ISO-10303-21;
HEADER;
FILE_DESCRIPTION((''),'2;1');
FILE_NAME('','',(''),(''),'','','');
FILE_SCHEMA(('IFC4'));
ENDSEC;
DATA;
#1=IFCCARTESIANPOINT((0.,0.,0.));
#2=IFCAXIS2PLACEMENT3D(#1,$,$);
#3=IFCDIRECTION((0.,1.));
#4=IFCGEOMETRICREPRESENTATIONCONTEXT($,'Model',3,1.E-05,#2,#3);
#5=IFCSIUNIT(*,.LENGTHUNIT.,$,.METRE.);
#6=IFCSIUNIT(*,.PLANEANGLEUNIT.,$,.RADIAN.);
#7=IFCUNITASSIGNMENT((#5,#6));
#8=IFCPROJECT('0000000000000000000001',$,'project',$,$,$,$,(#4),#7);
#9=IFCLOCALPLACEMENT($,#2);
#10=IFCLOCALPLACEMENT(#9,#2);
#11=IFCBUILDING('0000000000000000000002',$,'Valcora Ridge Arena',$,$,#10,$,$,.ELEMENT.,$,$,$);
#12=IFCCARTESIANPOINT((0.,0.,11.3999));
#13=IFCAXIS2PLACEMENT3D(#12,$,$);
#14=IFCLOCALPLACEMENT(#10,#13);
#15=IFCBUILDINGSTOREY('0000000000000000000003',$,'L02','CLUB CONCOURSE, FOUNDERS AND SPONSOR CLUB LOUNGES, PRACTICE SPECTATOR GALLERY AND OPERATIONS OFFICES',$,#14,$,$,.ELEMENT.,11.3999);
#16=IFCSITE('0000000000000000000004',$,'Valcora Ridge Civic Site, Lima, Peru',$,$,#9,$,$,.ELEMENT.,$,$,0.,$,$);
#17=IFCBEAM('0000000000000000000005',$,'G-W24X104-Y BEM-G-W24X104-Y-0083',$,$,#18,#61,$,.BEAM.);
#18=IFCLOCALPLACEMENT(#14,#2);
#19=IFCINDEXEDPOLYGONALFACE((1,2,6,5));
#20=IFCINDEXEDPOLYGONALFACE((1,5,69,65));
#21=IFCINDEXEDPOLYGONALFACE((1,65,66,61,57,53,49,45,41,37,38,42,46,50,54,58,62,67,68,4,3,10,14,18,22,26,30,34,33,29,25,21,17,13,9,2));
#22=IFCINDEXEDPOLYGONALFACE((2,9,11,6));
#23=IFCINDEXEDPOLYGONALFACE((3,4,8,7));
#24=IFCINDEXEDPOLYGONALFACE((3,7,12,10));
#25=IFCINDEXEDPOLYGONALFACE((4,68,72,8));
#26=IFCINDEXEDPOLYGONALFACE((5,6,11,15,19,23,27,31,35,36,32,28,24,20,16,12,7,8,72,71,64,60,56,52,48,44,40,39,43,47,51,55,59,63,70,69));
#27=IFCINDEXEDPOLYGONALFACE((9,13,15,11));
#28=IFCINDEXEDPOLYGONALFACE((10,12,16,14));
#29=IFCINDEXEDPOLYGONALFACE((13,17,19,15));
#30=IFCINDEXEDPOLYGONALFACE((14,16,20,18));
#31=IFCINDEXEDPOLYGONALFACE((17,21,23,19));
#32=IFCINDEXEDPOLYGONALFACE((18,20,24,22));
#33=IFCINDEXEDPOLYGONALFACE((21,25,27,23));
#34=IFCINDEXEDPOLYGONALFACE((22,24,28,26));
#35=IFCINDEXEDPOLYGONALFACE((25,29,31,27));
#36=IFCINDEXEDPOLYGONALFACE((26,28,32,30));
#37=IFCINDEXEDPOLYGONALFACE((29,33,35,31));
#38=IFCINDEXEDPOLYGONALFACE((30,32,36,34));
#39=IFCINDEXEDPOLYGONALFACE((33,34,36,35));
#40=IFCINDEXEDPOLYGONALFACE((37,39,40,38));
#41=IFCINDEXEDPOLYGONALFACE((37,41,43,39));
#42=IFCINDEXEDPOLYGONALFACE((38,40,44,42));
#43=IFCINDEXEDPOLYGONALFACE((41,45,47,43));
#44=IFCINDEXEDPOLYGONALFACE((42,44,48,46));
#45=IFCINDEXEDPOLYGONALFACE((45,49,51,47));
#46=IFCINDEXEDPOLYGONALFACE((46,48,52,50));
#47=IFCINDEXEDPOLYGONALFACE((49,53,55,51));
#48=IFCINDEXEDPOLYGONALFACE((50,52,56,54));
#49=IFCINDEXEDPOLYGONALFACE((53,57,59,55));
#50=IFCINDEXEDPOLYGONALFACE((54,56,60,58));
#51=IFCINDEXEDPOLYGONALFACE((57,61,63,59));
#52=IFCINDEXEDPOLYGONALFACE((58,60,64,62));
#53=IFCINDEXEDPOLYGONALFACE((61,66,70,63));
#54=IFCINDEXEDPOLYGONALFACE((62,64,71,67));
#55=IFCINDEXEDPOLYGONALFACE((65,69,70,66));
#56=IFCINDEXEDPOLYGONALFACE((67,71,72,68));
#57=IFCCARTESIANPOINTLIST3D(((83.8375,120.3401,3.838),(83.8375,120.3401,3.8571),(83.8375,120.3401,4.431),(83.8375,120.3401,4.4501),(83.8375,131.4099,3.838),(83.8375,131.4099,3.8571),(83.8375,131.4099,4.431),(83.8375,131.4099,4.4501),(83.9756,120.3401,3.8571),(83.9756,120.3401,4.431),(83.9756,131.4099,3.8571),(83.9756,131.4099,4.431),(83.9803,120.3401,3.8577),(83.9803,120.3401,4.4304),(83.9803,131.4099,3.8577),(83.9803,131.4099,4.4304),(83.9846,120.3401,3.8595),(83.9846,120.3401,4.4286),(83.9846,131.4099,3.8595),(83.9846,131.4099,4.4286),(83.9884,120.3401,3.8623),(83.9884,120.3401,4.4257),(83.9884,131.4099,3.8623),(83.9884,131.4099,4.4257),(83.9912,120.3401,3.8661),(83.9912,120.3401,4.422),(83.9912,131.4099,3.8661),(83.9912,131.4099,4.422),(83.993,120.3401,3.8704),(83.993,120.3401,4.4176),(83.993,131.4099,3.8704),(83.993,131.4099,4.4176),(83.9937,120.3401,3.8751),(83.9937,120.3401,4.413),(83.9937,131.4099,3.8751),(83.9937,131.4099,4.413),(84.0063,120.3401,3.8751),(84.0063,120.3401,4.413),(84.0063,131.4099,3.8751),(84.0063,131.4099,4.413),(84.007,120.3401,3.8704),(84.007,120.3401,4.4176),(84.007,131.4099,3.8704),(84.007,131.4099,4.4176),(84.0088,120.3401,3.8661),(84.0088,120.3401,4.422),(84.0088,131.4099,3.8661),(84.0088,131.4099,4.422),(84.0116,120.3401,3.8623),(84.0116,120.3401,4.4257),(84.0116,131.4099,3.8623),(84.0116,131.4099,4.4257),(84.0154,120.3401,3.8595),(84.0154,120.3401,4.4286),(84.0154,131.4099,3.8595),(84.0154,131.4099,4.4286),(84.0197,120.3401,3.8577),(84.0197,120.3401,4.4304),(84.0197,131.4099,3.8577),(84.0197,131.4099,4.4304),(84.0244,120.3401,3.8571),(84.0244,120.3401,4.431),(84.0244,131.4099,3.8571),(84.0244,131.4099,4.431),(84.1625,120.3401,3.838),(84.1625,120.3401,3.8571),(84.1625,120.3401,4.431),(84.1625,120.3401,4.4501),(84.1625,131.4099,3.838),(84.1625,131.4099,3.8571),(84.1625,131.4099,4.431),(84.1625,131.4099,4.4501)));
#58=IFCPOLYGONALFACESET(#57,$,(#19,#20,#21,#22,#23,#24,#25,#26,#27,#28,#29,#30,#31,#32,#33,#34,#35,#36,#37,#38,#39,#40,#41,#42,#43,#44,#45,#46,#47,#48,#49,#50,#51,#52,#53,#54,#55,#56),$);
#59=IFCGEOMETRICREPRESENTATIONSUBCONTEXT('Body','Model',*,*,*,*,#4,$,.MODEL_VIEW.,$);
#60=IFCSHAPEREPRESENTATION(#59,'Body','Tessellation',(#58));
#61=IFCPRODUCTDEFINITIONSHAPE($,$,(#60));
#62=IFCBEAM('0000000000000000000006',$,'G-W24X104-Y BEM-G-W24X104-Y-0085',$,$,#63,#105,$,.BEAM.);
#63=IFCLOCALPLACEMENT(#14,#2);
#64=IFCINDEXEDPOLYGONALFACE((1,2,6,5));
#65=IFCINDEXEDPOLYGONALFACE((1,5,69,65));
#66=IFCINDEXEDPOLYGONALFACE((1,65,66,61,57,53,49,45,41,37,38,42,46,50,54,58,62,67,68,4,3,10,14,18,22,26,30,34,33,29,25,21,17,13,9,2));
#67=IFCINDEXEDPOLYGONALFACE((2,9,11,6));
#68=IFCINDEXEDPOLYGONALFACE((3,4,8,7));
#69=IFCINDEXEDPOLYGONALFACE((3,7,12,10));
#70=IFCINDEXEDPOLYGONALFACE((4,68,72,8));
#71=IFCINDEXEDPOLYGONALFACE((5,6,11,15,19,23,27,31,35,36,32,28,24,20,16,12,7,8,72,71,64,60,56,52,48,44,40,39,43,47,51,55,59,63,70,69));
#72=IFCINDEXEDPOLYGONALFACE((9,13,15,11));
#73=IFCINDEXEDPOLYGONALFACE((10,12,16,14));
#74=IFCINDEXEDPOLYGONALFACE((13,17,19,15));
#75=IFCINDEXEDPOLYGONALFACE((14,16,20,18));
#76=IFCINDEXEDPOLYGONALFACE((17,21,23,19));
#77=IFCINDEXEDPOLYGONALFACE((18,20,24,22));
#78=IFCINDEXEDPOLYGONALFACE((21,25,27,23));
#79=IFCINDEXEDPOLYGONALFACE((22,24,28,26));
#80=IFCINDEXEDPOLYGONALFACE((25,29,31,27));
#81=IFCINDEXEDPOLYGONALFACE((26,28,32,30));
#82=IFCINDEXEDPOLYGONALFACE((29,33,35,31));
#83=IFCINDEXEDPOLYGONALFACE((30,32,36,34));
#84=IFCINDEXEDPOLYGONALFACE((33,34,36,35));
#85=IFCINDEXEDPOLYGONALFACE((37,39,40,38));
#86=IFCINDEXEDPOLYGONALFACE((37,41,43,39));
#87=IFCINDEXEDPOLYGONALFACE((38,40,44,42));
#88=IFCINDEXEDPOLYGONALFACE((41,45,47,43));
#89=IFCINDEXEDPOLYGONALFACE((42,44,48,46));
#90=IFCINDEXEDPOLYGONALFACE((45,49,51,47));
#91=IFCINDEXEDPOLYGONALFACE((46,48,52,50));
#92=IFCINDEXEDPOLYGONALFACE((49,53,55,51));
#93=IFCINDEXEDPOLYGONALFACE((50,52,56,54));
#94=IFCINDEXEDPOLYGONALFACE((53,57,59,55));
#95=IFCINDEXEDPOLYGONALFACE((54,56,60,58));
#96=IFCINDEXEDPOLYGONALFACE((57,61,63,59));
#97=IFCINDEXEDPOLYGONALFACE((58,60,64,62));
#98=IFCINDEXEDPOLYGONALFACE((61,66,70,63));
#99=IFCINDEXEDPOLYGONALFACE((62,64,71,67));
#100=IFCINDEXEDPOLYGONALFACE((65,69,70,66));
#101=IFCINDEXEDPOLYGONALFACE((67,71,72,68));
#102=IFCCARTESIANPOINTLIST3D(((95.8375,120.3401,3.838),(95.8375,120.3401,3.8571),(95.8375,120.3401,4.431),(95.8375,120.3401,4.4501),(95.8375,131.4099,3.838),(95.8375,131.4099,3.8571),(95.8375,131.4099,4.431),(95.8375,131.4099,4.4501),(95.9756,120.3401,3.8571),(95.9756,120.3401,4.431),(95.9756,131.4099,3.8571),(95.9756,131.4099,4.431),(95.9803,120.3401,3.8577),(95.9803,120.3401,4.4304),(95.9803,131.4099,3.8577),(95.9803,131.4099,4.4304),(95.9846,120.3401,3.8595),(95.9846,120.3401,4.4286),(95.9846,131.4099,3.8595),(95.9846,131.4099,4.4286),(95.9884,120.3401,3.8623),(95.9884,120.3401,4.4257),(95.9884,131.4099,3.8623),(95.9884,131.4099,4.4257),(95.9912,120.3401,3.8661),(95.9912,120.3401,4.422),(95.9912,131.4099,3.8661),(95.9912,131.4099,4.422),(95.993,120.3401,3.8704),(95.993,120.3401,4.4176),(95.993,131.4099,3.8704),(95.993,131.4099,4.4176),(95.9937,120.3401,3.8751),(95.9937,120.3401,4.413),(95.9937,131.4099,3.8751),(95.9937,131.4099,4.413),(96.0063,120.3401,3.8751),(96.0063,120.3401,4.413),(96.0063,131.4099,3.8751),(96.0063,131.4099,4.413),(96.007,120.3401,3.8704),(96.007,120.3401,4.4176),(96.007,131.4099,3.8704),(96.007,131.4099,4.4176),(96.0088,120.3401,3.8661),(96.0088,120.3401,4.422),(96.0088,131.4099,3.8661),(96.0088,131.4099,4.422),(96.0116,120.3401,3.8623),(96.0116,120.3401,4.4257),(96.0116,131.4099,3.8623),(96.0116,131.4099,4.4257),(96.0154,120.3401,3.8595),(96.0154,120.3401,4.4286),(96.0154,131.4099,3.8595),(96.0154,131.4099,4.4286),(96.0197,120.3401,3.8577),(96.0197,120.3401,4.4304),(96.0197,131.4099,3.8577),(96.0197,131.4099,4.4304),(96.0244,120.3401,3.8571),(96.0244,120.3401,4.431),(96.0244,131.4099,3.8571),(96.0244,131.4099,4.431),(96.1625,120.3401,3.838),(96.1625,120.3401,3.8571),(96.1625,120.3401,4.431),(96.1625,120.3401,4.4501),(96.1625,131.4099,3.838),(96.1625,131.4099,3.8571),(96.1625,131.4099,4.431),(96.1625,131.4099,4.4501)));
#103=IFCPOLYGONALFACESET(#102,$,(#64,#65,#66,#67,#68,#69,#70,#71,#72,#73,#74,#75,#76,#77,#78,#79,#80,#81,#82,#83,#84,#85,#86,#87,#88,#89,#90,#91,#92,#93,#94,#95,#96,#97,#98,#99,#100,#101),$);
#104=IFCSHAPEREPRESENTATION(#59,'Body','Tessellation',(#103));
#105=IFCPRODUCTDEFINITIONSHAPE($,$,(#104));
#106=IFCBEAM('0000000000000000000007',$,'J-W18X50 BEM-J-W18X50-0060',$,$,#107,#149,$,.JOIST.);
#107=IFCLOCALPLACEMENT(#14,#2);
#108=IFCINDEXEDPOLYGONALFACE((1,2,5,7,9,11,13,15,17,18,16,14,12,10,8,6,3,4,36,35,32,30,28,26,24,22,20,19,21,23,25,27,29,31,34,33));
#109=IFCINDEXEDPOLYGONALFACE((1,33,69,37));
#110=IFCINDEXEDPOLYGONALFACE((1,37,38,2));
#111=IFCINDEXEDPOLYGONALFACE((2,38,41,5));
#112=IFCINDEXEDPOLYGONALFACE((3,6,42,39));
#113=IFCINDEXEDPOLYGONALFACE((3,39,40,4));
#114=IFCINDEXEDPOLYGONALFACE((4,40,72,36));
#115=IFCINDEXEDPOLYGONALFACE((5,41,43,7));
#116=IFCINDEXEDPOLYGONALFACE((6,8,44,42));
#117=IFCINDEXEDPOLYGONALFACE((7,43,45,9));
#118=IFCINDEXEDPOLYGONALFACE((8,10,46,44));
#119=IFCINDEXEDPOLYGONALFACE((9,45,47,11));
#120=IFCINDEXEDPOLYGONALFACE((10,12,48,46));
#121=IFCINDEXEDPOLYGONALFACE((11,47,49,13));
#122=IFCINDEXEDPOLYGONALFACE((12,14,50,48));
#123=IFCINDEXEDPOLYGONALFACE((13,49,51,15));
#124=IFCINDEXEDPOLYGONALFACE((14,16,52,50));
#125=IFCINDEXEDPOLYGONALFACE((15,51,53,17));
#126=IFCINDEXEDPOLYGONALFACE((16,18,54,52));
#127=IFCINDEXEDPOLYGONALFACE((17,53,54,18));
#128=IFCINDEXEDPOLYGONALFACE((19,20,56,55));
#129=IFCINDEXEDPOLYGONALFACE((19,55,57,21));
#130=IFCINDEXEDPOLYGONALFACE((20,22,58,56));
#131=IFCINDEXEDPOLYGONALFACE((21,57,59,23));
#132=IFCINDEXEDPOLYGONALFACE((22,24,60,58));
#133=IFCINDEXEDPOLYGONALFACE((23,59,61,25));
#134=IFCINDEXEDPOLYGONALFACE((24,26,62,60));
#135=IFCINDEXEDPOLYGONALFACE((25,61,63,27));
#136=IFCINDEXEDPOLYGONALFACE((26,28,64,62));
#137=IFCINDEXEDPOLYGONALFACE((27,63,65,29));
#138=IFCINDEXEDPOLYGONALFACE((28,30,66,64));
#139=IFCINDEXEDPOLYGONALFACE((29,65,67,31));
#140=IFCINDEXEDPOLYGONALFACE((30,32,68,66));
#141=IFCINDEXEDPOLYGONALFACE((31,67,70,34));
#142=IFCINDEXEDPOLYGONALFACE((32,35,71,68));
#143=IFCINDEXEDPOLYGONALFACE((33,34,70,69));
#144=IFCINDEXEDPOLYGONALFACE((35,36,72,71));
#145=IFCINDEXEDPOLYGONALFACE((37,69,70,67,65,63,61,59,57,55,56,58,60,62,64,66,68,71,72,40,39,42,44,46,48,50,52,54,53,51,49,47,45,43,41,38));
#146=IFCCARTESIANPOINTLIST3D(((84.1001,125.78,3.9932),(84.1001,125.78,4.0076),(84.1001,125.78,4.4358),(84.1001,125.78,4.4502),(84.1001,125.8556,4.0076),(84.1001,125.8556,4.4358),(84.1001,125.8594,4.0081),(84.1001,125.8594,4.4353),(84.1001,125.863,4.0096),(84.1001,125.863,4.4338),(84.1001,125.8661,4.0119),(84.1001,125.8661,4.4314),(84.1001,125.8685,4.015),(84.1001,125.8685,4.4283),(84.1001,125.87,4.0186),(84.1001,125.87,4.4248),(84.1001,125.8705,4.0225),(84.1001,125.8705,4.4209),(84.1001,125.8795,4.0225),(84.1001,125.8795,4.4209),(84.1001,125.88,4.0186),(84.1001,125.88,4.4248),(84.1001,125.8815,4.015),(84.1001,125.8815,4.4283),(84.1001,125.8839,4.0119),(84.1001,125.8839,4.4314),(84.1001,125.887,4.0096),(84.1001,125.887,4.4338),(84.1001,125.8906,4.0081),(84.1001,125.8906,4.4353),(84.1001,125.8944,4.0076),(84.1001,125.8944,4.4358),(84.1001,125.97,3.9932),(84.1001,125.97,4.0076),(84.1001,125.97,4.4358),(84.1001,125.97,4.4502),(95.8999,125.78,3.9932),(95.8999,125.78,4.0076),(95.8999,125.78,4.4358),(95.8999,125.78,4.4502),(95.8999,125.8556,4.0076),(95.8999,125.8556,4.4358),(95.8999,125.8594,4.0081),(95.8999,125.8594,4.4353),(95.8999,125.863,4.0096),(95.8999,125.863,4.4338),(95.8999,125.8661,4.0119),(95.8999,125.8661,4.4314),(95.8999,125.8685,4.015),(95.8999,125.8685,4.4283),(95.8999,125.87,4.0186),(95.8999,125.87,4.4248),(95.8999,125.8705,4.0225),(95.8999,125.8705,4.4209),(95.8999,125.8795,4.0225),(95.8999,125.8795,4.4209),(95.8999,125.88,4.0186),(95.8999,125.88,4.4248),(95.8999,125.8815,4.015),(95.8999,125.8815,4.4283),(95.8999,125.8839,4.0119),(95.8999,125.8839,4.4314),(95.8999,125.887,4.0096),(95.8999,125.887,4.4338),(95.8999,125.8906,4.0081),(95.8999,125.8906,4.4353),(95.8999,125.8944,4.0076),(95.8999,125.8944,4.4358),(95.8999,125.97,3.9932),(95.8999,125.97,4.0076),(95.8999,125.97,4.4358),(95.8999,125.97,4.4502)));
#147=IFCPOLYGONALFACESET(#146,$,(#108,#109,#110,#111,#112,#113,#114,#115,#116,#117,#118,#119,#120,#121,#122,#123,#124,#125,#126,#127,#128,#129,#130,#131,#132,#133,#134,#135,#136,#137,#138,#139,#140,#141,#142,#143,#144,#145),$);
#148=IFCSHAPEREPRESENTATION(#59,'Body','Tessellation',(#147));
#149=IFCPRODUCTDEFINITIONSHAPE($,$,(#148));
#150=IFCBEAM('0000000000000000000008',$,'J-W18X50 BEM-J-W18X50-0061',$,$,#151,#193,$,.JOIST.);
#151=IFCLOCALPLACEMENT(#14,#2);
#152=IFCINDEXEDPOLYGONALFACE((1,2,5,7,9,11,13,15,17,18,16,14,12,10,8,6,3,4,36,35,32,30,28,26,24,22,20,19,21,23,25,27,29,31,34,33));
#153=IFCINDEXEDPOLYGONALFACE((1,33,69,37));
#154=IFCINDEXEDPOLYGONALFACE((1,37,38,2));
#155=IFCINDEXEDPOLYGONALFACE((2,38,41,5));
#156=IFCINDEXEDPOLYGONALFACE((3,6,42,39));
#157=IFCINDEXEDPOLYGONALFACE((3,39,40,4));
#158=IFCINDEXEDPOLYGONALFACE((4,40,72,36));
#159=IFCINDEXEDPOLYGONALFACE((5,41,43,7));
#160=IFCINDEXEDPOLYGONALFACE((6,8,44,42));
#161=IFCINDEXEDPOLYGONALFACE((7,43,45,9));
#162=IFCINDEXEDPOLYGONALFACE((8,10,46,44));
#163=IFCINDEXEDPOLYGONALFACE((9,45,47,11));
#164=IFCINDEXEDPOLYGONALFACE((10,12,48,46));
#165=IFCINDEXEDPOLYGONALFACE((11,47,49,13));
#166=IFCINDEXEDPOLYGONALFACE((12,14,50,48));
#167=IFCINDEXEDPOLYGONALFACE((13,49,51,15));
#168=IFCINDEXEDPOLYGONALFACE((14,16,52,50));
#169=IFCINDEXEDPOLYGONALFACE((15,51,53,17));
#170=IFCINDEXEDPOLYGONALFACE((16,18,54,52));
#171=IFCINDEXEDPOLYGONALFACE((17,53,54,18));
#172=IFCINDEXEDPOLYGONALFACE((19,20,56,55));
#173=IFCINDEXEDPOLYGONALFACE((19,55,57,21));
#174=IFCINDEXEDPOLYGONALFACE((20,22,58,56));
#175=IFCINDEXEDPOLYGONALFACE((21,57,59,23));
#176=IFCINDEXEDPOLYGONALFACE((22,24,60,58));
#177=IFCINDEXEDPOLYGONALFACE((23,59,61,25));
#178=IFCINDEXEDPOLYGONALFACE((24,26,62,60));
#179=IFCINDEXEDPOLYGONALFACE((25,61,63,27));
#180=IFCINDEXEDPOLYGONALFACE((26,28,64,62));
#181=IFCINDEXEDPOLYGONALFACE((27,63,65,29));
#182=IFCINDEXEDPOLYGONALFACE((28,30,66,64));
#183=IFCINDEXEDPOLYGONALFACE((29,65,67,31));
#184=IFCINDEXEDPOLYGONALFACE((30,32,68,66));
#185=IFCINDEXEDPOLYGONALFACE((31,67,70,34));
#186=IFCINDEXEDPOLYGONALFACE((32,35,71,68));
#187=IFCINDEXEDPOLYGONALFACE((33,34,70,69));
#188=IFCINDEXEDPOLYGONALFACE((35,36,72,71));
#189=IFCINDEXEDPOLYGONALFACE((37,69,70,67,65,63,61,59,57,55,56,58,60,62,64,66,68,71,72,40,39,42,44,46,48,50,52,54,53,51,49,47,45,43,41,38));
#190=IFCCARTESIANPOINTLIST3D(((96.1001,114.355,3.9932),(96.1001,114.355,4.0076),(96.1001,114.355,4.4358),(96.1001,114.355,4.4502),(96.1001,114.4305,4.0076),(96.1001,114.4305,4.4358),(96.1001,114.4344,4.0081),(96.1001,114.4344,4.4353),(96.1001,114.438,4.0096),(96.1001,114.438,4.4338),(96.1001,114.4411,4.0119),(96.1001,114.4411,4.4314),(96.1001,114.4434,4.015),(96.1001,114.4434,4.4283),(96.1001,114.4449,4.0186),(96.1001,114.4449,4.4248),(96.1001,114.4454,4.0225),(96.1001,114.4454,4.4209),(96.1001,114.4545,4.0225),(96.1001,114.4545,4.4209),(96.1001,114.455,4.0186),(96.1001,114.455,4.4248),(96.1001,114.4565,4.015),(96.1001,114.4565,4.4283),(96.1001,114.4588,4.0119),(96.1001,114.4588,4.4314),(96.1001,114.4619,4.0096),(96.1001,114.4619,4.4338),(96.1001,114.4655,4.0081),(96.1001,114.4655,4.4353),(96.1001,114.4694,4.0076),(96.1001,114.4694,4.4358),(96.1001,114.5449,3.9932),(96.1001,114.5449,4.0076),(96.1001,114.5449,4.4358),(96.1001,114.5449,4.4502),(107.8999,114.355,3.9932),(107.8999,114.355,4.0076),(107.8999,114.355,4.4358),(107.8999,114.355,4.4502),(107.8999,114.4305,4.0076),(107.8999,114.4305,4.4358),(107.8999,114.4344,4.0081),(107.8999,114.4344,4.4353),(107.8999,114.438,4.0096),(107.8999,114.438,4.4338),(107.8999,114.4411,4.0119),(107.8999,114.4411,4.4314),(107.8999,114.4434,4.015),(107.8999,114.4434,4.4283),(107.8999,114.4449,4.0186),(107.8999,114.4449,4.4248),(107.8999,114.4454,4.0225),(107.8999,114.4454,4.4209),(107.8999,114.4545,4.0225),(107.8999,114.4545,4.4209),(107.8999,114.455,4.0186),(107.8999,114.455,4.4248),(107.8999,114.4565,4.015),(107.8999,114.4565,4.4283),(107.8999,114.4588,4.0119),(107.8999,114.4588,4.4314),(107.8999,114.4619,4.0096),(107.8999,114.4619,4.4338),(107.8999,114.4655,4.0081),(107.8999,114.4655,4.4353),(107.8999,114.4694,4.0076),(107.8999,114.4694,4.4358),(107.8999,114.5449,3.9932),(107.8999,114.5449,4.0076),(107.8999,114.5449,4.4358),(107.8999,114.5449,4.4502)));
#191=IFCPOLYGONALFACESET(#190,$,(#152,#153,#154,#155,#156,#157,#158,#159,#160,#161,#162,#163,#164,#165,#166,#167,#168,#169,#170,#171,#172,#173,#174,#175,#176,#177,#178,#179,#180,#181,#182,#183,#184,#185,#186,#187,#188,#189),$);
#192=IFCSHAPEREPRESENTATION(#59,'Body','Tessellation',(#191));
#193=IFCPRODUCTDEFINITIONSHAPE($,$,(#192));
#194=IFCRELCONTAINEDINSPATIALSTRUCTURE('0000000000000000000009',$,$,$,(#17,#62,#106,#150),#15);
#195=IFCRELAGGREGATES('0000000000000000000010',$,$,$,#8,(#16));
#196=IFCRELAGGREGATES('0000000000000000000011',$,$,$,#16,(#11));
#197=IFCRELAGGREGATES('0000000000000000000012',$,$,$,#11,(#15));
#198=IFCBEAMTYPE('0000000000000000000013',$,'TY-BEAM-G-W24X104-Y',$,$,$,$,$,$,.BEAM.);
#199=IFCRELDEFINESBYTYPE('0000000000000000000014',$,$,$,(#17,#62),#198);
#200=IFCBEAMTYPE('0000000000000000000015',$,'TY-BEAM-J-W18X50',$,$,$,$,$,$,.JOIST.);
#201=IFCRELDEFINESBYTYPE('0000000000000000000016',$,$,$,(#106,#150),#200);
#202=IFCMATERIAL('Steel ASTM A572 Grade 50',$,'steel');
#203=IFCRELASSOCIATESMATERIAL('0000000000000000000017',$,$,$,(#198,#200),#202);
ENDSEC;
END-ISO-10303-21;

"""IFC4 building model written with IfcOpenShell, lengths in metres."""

from ifc_helpers import new_model, si_unit, direction, frame, origin, origin_2d, place, context, subcontext, project, spatial, i_section, extrude, material, material_profile, profile_set, type_object, element, save


model = new_model("IFC4")

# Units and contexts
model_context = context("Model", 3, precision=1e-05, world=origin(), true_north=direction((0.0, 1.0)))
body_context = subcontext(model_context, "Body", "Model", "MODEL_VIEW")
ifc_project = project(units=[si_unit("LENGTHUNIT", "METRE"), si_unit("PLANEANGLEUNIT", "RADIAN")], contexts=[model_context])

# Site, building, storey
site_placement = place(None, origin())
site = spatial("IfcSite", under=ifc_project, at=site_placement, Name="Valcora Ridge Civic Site, Lima, Peru", CompositionType="ELEMENT", RefElevation=0.0)
building_placement = place(site_placement, origin())
building = spatial("IfcBuilding", under=site, at=building_placement, Name="Valcora Ridge Arena", CompositionType="ELEMENT")
storey_placement = place(building_placement, frame((0.0, 0.0, 11.3999)))
storey = spatial("IfcBuildingStorey", under=building, at=storey_placement, Name="L02", Description="CLUB CONCOURSE, FOUNDERS AND SPONSOR CLUB LOUNGES, PRACTICE SPECTATOR GALLERY AND OPERATIONS OFFICES", CompositionType="ELEMENT", Elevation=11.3999)

# Beams
ifc_material_1 = material(Name="Steel ASTM A572 Grade 50", Category="steel")
ifc_material_profile_1 = material_profile(ifc_material_1, i_section(OverallWidth=0.325, OverallDepth=0.6121, WebThickness=0.0127, FlangeThickness=0.019, FilletRadius=0.0181, at=origin_2d()), Name="W24X104")
ifc_profile_set_1 = profile_set([ifc_material_profile_1], Name="Steel ASTM A572 Grade 50")
beam_type_1 = type_object("IfcBeamType", Name="TY-BEAM-G-W24X104-Y", PredefinedType="BEAM", material=ifc_profile_set_1)
for number, where, z_axis, x_axis, name in (
    (1, (84.0, 120.3401, 4.144), (0.0, 1.0, 0.0), (-1.0, 0.0, 0.0), "G-W24X104-Y BEM-G-W24X104-Y-0083"),
    (2, (96.0, 120.3401, 4.144), (0.0, 1.0, 0.0), (-1.0, 0.0, 0.0), "G-W24X104-Y BEM-G-W24X104-Y-0085"),
):
    element("IfcBeam", number, at=place(storey_placement, frame(where, z_axis=z_axis, x_axis=x_axis)), inside=storey, type_object=beam_type_1, Name=name, PredefinedType="BEAM", context=body_context, shape_type="SweptSolid", body=[
        extrude(i_section(OverallWidth=0.325, OverallDepth=0.6121, WebThickness=0.0127, FlangeThickness=0.019, FilletRadius=0.0181, at=origin_2d()), origin(), (0.0, 0.0, 1.0), 11.0698),
    ])
ifc_material_profile_2 = material_profile(ifc_material_1, i_section(OverallWidth=0.1899, OverallDepth=0.457, WebThickness=0.009, FlangeThickness=0.0144, FilletRadius=0.0149, at=origin_2d()), Name="W18X50")
ifc_profile_set_2 = profile_set([ifc_material_profile_2], Name="Steel ASTM A572 Grade 50")
beam_type_2 = type_object("IfcBeamType", Name="TY-BEAM-J-W18X50", PredefinedType="JOIST", material=ifc_profile_set_2)
for number, where, z_axis, x_axis, name in (
    (3, (84.1001, 125.875, 4.2217), (1.0, 0.0, 0.0), (0.0, 1.0, 0.0), "J-W18X50 BEM-J-W18X50-0060"),
    (4, (96.1001, 114.45, 4.2217), (1.0, 0.0, 0.0), (0.0, 1.0, 0.0), "J-W18X50 BEM-J-W18X50-0061"),
):
    element("IfcBeam", number, at=place(storey_placement, frame(where, z_axis=z_axis, x_axis=x_axis)), inside=storey, type_object=beam_type_2, Name=name, PredefinedType="JOIST", context=body_context, shape_type="SweptSolid", body=[
        extrude(i_section(OverallWidth=0.1899, OverallDepth=0.457, WebThickness=0.009, FlangeThickness=0.0144, FilletRadius=0.0149, at=origin_2d()), origin(), (0.0, 0.0, 1.0), 11.7998),
    ])

save(model, "model.ifc")
